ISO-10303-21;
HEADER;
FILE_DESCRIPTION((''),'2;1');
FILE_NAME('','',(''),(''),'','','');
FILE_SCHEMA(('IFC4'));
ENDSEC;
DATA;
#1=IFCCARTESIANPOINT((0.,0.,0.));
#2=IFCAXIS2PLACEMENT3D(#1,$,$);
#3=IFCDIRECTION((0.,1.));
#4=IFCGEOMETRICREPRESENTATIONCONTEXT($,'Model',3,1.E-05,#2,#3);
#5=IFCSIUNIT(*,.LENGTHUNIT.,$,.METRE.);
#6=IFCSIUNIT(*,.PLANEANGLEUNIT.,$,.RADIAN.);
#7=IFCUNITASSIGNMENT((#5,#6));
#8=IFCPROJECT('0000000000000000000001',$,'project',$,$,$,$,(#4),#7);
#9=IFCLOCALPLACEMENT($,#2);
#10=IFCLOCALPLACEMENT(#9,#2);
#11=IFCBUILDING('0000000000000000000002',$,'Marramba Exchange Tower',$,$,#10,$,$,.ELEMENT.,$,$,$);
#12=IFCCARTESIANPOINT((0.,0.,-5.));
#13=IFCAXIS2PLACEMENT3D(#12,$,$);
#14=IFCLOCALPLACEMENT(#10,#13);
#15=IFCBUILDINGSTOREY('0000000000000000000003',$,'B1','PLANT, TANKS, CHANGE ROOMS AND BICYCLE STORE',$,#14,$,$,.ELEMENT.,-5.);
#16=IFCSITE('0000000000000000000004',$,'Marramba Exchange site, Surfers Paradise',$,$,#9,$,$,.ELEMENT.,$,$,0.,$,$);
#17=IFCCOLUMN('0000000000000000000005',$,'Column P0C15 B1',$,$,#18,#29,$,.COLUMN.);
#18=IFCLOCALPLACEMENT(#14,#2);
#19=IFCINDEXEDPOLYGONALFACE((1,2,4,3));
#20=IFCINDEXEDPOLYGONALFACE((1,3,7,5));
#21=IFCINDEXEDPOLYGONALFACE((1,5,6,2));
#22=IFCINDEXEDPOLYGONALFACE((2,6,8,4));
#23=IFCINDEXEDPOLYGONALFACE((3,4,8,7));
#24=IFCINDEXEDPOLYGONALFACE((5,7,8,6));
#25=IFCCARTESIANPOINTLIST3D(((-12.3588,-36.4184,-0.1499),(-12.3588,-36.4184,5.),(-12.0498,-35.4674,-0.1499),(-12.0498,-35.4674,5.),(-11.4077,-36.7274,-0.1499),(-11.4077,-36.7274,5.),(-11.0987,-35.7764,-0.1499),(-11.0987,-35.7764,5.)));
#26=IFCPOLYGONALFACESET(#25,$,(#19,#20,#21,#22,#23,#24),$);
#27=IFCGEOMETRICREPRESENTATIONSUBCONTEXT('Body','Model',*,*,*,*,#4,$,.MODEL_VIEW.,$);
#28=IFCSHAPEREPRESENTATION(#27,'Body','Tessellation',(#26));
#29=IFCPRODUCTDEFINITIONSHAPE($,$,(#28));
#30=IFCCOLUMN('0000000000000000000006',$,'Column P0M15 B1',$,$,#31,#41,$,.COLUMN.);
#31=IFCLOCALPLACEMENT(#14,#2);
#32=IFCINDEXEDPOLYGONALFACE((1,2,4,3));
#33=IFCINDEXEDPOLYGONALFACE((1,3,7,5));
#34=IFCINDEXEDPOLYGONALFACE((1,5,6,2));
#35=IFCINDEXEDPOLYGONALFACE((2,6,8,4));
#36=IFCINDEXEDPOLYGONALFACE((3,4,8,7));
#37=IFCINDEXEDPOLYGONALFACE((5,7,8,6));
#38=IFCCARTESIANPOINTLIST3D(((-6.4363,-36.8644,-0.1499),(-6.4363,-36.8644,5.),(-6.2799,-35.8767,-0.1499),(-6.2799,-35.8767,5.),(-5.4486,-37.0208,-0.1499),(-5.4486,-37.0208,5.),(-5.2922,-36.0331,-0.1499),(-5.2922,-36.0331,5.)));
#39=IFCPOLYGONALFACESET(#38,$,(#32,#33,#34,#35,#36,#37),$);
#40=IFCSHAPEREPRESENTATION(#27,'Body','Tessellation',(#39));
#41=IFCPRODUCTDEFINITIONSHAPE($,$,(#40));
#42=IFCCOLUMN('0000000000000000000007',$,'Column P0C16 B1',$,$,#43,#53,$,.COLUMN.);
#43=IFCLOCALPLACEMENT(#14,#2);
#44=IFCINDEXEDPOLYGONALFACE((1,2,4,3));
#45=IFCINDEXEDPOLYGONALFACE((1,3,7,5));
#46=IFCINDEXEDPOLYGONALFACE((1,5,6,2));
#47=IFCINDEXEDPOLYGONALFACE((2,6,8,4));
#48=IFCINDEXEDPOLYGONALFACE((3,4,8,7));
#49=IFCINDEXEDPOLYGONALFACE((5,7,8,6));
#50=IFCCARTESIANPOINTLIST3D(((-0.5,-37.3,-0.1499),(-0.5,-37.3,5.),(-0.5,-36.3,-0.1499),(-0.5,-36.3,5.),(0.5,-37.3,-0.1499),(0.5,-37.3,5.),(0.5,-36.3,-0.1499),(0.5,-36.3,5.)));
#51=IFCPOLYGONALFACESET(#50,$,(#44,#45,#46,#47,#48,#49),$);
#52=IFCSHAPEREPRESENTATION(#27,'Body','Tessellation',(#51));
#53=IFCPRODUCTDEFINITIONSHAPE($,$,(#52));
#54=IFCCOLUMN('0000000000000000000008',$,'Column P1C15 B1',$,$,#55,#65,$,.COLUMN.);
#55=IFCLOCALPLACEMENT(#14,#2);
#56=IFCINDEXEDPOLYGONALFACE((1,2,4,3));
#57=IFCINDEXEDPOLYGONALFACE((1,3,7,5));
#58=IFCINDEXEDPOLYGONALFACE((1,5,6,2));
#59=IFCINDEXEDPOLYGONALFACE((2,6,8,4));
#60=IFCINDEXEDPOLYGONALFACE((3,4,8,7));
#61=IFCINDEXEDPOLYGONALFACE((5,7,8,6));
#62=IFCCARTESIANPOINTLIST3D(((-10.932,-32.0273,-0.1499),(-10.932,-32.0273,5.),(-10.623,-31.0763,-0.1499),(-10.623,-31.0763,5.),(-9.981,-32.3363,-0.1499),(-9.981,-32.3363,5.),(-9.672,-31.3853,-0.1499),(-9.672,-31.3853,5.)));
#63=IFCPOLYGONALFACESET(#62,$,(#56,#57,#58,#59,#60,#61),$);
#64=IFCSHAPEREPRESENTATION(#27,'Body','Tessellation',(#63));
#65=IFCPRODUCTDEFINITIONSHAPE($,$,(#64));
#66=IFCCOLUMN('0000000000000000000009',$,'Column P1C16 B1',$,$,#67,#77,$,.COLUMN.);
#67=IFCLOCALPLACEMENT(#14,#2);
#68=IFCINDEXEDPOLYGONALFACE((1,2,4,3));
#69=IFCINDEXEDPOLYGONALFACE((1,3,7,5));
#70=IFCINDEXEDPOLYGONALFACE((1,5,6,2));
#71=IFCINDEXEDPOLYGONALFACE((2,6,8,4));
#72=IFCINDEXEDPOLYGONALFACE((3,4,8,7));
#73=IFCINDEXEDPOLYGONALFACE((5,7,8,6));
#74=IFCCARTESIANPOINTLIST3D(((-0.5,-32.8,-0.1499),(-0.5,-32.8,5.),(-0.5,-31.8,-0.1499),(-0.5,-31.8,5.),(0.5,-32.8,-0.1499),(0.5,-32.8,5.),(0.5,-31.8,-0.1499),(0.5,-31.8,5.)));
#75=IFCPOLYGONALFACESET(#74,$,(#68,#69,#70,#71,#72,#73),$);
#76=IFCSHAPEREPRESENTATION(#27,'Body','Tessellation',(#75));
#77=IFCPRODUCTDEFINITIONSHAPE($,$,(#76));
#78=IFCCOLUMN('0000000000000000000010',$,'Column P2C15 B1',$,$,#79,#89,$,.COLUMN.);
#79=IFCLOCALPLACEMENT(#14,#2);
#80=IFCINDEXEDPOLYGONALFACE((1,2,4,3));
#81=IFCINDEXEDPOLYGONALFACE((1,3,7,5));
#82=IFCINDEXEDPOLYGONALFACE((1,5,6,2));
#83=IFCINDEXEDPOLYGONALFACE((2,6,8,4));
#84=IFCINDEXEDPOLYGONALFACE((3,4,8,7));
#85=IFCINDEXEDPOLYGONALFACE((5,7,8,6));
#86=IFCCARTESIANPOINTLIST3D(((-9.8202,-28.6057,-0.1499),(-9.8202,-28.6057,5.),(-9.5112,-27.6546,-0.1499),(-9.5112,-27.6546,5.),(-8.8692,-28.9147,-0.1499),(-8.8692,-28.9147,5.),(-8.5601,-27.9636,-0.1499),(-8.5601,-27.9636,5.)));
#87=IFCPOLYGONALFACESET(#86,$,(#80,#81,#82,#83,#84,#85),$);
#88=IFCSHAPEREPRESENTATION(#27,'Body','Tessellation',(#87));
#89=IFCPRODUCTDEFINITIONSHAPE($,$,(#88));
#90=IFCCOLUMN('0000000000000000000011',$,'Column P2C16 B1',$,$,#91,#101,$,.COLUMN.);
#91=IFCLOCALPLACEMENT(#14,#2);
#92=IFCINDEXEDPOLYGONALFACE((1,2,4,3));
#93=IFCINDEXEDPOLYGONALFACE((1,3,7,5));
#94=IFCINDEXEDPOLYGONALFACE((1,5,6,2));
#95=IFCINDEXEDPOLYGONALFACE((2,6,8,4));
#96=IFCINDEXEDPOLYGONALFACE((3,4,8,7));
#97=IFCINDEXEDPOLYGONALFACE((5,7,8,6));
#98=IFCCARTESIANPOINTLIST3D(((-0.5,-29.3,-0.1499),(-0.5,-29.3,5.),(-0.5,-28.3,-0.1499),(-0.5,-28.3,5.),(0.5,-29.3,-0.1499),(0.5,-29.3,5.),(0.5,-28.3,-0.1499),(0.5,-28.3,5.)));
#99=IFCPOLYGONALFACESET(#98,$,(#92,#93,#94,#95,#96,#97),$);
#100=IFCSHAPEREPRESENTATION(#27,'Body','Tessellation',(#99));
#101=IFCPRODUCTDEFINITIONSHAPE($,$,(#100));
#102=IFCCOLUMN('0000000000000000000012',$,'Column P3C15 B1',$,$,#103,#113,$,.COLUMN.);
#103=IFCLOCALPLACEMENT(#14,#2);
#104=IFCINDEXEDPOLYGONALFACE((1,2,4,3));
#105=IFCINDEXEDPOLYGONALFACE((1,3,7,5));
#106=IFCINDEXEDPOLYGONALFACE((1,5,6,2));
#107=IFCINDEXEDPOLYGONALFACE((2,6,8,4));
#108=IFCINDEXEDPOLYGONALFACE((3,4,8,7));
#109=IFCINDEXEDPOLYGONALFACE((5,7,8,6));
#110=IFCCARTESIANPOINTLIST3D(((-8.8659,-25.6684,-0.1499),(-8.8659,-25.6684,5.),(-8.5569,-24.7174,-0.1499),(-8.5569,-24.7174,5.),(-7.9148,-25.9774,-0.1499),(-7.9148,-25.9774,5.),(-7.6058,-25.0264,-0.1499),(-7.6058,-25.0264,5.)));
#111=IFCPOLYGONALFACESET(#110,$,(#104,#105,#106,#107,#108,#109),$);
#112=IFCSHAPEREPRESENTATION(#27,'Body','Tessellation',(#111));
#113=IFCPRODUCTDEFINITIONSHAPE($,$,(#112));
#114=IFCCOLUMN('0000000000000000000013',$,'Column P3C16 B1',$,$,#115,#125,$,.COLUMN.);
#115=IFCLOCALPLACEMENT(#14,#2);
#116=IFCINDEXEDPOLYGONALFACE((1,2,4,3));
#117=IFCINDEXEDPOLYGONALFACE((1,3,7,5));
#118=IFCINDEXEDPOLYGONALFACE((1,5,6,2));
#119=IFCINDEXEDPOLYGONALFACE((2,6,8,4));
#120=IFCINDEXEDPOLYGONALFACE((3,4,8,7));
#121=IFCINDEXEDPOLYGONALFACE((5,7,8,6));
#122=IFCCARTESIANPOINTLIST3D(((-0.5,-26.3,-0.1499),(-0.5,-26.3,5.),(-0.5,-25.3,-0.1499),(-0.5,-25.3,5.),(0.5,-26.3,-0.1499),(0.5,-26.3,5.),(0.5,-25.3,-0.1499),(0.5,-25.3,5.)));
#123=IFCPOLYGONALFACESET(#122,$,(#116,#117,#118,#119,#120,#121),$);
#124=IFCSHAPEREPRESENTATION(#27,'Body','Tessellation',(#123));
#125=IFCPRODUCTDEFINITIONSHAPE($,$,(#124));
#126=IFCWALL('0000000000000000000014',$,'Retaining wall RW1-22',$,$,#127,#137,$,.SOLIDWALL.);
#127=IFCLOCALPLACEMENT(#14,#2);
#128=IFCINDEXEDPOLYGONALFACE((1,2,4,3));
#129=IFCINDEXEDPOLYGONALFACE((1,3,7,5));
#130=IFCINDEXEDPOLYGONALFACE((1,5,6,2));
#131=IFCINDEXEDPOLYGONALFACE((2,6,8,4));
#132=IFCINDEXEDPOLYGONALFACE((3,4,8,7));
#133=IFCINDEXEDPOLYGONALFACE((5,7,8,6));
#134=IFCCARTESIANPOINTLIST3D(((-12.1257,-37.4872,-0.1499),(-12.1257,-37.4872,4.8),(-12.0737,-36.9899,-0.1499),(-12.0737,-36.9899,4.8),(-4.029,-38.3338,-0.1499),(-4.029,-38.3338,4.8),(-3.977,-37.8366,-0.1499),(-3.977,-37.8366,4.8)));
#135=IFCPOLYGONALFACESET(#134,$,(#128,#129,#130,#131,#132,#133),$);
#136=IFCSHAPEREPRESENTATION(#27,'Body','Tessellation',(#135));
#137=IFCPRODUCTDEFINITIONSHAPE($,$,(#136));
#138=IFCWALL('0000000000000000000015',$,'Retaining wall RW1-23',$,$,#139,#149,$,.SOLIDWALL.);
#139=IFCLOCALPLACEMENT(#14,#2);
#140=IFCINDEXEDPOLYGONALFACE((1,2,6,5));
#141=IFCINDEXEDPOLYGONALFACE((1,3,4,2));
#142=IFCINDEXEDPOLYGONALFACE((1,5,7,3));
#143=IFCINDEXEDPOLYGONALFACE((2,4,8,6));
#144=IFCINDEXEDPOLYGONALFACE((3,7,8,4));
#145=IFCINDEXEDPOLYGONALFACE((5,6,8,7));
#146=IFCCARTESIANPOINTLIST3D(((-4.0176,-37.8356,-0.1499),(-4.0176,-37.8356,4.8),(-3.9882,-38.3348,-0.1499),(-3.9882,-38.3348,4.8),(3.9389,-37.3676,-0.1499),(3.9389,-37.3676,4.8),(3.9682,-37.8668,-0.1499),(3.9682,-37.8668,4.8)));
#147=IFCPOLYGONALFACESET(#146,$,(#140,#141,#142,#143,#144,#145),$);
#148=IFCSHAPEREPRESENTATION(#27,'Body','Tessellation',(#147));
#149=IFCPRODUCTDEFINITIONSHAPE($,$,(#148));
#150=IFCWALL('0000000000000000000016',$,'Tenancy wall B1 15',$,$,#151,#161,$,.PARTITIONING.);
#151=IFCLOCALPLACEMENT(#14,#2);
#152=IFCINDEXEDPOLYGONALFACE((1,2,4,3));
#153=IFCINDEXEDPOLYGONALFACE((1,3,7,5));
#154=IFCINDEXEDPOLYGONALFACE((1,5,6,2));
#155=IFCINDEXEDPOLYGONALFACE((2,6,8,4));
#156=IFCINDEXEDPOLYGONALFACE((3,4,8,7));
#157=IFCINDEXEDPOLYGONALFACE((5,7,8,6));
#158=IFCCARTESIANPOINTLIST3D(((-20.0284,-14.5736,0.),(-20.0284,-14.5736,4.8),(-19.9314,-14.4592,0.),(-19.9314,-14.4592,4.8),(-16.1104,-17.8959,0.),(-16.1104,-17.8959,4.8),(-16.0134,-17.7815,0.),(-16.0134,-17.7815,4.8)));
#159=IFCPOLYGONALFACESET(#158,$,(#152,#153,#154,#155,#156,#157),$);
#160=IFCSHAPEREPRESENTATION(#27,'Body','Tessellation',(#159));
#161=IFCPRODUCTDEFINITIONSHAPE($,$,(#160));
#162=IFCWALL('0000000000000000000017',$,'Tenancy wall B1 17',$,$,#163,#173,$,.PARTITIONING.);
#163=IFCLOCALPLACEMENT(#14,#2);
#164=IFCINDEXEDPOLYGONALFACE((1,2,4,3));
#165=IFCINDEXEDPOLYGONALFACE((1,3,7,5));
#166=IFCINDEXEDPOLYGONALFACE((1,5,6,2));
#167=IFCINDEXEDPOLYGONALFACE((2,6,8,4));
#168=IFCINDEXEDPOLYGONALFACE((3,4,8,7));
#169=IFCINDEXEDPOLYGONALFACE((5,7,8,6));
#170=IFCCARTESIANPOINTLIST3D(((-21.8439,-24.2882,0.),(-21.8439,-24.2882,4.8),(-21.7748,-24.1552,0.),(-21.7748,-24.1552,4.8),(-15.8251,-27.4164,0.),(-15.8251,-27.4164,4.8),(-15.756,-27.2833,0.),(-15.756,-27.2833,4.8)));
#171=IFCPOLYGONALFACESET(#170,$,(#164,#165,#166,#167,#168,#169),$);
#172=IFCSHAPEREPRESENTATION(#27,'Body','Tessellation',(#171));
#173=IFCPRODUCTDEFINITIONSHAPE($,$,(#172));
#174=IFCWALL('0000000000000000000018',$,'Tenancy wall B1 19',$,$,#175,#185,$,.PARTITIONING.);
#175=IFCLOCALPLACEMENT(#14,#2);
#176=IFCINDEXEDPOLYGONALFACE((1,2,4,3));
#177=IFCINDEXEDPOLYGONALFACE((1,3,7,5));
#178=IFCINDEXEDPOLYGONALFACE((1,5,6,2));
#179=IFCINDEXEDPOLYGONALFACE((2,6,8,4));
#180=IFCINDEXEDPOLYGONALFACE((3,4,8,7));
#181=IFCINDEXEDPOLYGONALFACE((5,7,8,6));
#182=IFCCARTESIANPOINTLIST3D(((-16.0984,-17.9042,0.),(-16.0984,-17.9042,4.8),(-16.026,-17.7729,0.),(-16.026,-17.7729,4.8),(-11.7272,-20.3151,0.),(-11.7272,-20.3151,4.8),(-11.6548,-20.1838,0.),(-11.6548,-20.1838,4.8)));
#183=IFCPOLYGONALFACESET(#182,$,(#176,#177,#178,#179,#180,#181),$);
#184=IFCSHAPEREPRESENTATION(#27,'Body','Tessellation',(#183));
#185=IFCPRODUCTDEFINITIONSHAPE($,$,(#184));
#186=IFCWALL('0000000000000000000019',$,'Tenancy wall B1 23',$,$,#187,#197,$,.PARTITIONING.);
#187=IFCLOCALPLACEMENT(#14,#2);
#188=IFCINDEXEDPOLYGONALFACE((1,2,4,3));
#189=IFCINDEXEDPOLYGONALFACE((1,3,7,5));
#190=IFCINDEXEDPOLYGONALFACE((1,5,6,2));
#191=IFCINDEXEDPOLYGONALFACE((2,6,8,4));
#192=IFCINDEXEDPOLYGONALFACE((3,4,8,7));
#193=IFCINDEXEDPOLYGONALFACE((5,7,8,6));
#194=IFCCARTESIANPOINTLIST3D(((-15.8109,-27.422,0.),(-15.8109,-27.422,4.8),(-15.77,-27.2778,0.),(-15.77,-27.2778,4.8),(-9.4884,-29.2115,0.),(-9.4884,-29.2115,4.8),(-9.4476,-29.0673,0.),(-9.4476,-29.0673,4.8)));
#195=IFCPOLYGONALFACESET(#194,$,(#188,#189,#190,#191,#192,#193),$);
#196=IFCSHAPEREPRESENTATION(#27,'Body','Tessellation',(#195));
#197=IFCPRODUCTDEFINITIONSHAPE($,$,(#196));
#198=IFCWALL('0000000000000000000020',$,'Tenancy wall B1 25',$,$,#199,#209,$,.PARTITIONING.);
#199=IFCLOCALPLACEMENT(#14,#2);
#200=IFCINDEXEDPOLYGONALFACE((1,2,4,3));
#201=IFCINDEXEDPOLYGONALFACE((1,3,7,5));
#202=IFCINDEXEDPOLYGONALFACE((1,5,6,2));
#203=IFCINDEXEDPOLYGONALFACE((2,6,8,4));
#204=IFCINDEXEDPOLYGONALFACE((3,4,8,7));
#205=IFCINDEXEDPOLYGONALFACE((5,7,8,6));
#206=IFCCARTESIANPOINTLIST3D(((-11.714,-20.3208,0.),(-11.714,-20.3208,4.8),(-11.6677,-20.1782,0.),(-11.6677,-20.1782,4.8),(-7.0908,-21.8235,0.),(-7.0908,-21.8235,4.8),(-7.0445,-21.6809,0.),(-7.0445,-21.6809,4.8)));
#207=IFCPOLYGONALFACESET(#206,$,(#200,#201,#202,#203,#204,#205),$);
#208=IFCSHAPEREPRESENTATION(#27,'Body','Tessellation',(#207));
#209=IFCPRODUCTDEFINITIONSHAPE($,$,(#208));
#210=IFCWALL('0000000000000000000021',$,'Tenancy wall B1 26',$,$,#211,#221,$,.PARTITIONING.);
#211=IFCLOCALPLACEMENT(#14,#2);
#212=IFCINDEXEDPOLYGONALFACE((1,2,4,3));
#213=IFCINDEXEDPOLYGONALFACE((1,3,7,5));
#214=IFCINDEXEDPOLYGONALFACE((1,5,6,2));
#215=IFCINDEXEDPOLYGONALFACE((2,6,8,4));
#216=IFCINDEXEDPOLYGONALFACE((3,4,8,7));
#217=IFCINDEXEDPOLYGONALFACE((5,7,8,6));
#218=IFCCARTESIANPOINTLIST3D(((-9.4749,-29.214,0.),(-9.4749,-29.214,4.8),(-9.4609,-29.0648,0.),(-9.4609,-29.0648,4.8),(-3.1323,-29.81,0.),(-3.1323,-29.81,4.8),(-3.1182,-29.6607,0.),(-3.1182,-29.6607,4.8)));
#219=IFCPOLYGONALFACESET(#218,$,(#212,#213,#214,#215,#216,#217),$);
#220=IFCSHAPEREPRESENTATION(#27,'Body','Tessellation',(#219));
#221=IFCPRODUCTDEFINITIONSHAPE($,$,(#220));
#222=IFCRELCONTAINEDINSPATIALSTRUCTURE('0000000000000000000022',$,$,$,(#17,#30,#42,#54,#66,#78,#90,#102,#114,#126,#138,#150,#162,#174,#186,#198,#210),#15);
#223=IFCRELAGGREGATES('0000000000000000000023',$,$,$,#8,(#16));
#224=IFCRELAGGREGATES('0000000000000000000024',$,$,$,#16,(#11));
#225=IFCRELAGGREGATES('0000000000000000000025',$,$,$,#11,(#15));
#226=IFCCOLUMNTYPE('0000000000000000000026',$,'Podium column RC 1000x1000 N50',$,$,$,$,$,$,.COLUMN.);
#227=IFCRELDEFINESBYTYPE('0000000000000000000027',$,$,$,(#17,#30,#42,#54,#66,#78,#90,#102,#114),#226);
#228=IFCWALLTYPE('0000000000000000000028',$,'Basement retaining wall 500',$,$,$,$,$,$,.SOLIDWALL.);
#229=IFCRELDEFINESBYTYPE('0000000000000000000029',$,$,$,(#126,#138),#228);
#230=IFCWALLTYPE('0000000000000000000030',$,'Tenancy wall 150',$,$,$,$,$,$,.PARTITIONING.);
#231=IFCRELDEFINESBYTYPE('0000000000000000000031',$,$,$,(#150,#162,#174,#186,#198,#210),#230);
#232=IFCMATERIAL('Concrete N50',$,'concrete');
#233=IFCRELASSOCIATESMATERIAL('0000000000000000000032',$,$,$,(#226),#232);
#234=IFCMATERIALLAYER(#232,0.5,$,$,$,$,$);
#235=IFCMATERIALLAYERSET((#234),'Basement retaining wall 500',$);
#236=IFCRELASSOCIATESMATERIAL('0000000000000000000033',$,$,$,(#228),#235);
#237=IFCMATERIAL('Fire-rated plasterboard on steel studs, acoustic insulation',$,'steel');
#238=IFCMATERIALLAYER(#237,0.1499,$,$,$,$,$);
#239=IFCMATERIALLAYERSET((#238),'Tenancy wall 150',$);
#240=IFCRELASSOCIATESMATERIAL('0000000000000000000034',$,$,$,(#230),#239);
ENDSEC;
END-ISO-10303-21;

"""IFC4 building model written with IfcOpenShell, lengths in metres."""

from ifc_helpers import new_model, si_unit, direction, frame, frame_2d, origin, origin_2d, place, context, subcontext, project, spatial, rectangle, extrude, material, layer, layer_set, material_profile, profile_set, type_object, element, save


model = new_model("IFC4")

# Units and contexts
model_context = context("Model", 3, precision=1e-05, world=origin(), true_north=direction((0.0, 1.0)))
body_context = subcontext(model_context, "Body", "Model", "MODEL_VIEW")
ifc_project = project(units=[si_unit("LENGTHUNIT", "METRE"), si_unit("PLANEANGLEUNIT", "RADIAN")], contexts=[model_context])

# Site, building, storey
site_placement = place(None, origin())
site = spatial("IfcSite", under=ifc_project, at=site_placement, Name="Marramba Exchange site, Surfers Paradise", CompositionType="ELEMENT", RefElevation=0.0)
building_placement = place(site_placement, origin())
building = spatial("IfcBuilding", under=site, at=building_placement, Name="Marramba Exchange Tower", CompositionType="ELEMENT")
storey_placement = place(building_placement, frame((0.0, 0.0, -5.0)))
storey = spatial("IfcBuildingStorey", under=building, at=storey_placement, Name="B1", Description="PLANT, TANKS, CHANGE ROOMS AND BICYCLE STORE", CompositionType="ELEMENT", Elevation=-5.0)

# Shared definitions
ifc_material_1 = material(Name="Concrete N50", Category="concrete")

# Columns
ifc_material_profile_1 = material_profile(ifc_material_1, rectangle(XDim=1.0, YDim=1.0, at=origin_2d()), Name="RC 1000x1000")
ifc_profile_set_1 = profile_set([ifc_material_profile_1], Name="Concrete N50")
column_type_1 = type_object("IfcColumnType", Name="Podium column RC 1000x1000 N50", PredefinedType="COLUMN", material=ifc_profile_set_1)
for number, where, z_axis, x_axis, name in (
    (1, (-11.7288, -36.0974, -0.1499), (0.0, 0.0, 1.0), (-0.309017, -0.951057, 0.0), "Column P0C15 B1"),
    (2, (-5.8643, -36.4487, -0.1499), (0.0, 0.0, 1.0), (-0.156434, -0.987688, 0.0), "Column P0M15 B1"),
    (3, (0.0, -36.8, -0.1499), (0.0, 0.0, 1.0), (0.0, -1.0, 0.0), "Column P0C16 B1"),
    (4, (-10.302, -31.7063, -0.1499), (0.0, 0.0, 1.0), (-0.309017, -0.951057, 0.0), "Column P1C15 B1"),
    (5, (0.0, -32.3, -0.1499), (0.0, 0.0, 1.0), (0.0, -1.0, 0.0), "Column P1C16 B1"),
    (6, (-9.1902, -28.2847, -0.1499), (0.0, 0.0, 1.0), (-0.309017, -0.951057, 0.0), "Column P2C15 B1"),
    (7, (0.0, -28.8, -0.1499), (0.0, 0.0, 1.0), (0.0, -1.0, 0.0), "Column P2C16 B1"),
    (8, (-8.2358, -25.3474, -0.1499), (0.0, 0.0, 1.0), (-0.309017, -0.951057, 0.0), "Column P3C15 B1"),
    (9, (0.0, -25.8, -0.1499), (0.0, 0.0, 1.0), (0.0, -1.0, 0.0), "Column P3C16 B1"),
):
    element("IfcColumn", number, at=place(storey_placement, frame(where, z_axis=z_axis, x_axis=x_axis)), inside=storey, type_object=column_type_1, Name=name, PredefinedType="COLUMN", context=body_context, shape_type="SweptSolid", body=[
        extrude(rectangle(XDim=1.0, YDim=1.0, at=origin_2d()), origin(), (0.0, 0.0, 1.0), 5.1499),
    ])

# Walls
ifc_layer_1 = layer(ifc_material_1, 0.5)
ifc_layer_set_1 = layer_set([ifc_layer_1], Name="Basement retaining wall 500")
wall_type_1 = type_object("IfcWallType", Name="Basement retaining wall 500", PredefinedType="SOLIDWALL", material=ifc_layer_set_1)
wall_1_placement = place(storey_placement, frame((-12.0996, -37.2385, -0.1499), z_axis=(0.0, 0.0, 1.0), x_axis=(0.994577, -0.104004, 0.0)))
element("IfcWall", 10, at=wall_1_placement, inside=storey, type_object=wall_type_1, Name="Retaining wall RW1-22", PredefinedType="SOLIDWALL", context=body_context, shape_type="SweptSolid", body=[
    extrude(rectangle(XDim=8.1409, YDim=0.5, at=frame_2d((4.0703, 0.0))), origin(), (0.0, 0.0, 1.0), 4.95),
])
wall_2_placement = place(storey_placement, frame((-4.0029, -38.0852, -0.1499), z_axis=(0.0, 0.0, 1.0), x_axis=(0.998274, 0.05872, 0.0)))
element("IfcWall", 11, at=wall_2_placement, inside=storey, type_object=wall_type_1, Name="Retaining wall RW1-23", PredefinedType="SOLIDWALL", context=body_context, shape_type="SweptSolid", body=[
    extrude(rectangle(XDim=7.9702, YDim=0.5, at=frame_2d((3.9851, 0.0))), origin(), (0.0, 0.0, 1.0), 4.95),
])
ifc_material_2 = material(Name="Fire-rated plasterboard on steel studs, acoustic insulation", Category="steel")
ifc_layer_2 = layer(ifc_material_2, 0.1499)
ifc_layer_set_2 = layer_set([ifc_layer_2], Name="Tenancy wall 150")
wall_type_2 = type_object("IfcWallType", Name="Tenancy wall 150", PredefinedType="PARTITIONING", material=ifc_layer_set_2)
wall_3_placement = place(storey_placement, frame((-16.062, -17.8386, 0.0), z_axis=(0.0, 0.0, 1.0), x_axis=(-0.762708, 0.646743, 0.0)))
element("IfcWall", 12, at=wall_3_placement, inside=storey, type_object=wall_type_2, Name="Tenancy wall B1 15", PredefinedType="PARTITIONING", context=body_context, shape_type="SweptSolid", body=[
    extrude(rectangle(XDim=5.137, YDim=0.1499, at=frame_2d((2.5684, 0.0))), origin(), (0.0, 0.0, 1.0), 4.8),
])
wall_4_placement = place(storey_placement, frame((-15.7905, -27.3499, 0.0), z_axis=(0.0, 0.0, 1.0), x_axis=(-0.887313, 0.461167, 0.0)))
element("IfcWall", 13, at=wall_4_placement, inside=storey, type_object=wall_type_2, Name="Tenancy wall B1 17", PredefinedType="PARTITIONING", context=body_context, shape_type="SweptSolid", body=[
    extrude(rectangle(XDim=6.7832, YDim=0.1499, at=frame_2d((3.3916, 0.0))), origin(), (0.0, 0.0, 1.0), 4.8),
])
wall_5_placement = place(storey_placement, frame((-11.6909, -20.2495, 0.0), z_axis=(0.0, 0.0, 1.0), x_axis=(-0.875641, 0.482962, 0.0)))
element("IfcWall", 14, at=wall_5_placement, inside=storey, type_object=wall_type_2, Name="Tenancy wall B1 19", PredefinedType="PARTITIONING", context=body_context, shape_type="SweptSolid", body=[
    extrude(rectangle(XDim=4.9919, YDim=0.1499, at=frame_2d((2.4961, 0.0))), origin(), (0.0, 0.0, 1.0), 4.8),
])
wall_6_placement = place(storey_placement, frame((-9.468, -29.1394, 0.0), z_axis=(0.0, 0.0, 1.0), x_axis=(-0.9622, 0.272345, 0.0)))
element("IfcWall", 15, at=wall_6_placement, inside=storey, type_object=wall_type_2, Name="Tenancy wall B1 23", PredefinedType="PARTITIONING", context=body_context, shape_type="SweptSolid", body=[
    extrude(rectangle(XDim=6.5708, YDim=0.1499, at=frame_2d((3.2854, 0.0))), origin(), (0.0, 0.0, 1.0), 4.8),
])
wall_7_placement = place(storey_placement, frame((-7.0676, -21.7522, 0.0), z_axis=(0.0, 0.0, 1.0), x_axis=(-0.951027, 0.309108, 0.0)))
element("IfcWall", 16, at=wall_7_placement, inside=storey, type_object=wall_type_2, Name="Tenancy wall B1 25", PredefinedType="PARTITIONING", context=body_context, shape_type="SweptSolid", body=[
    extrude(rectangle(XDim=4.8613, YDim=0.1499, at=frame_2d((2.4307, 0.0))), origin(), (0.0, 0.0, 1.0), 4.8),
])
wall_8_placement = place(storey_placement, frame((-3.1252, -29.7354, 0.0), z_axis=(0.0, 0.0, 1.0), x_axis=(-0.995615, 0.093545, 0.0)))
element("IfcWall", 17, at=wall_8_placement, inside=storey, type_object=wall_type_2, Name="Tenancy wall B1 26", PredefinedType="PARTITIONING", context=body_context, shape_type="SweptSolid", body=[
    extrude(rectangle(XDim=6.3706, YDim=0.1499, at=frame_2d((3.1853, 0.0))), origin(), (0.0, 0.0, 1.0), 4.8),
])

save(model, "model.ifc")
